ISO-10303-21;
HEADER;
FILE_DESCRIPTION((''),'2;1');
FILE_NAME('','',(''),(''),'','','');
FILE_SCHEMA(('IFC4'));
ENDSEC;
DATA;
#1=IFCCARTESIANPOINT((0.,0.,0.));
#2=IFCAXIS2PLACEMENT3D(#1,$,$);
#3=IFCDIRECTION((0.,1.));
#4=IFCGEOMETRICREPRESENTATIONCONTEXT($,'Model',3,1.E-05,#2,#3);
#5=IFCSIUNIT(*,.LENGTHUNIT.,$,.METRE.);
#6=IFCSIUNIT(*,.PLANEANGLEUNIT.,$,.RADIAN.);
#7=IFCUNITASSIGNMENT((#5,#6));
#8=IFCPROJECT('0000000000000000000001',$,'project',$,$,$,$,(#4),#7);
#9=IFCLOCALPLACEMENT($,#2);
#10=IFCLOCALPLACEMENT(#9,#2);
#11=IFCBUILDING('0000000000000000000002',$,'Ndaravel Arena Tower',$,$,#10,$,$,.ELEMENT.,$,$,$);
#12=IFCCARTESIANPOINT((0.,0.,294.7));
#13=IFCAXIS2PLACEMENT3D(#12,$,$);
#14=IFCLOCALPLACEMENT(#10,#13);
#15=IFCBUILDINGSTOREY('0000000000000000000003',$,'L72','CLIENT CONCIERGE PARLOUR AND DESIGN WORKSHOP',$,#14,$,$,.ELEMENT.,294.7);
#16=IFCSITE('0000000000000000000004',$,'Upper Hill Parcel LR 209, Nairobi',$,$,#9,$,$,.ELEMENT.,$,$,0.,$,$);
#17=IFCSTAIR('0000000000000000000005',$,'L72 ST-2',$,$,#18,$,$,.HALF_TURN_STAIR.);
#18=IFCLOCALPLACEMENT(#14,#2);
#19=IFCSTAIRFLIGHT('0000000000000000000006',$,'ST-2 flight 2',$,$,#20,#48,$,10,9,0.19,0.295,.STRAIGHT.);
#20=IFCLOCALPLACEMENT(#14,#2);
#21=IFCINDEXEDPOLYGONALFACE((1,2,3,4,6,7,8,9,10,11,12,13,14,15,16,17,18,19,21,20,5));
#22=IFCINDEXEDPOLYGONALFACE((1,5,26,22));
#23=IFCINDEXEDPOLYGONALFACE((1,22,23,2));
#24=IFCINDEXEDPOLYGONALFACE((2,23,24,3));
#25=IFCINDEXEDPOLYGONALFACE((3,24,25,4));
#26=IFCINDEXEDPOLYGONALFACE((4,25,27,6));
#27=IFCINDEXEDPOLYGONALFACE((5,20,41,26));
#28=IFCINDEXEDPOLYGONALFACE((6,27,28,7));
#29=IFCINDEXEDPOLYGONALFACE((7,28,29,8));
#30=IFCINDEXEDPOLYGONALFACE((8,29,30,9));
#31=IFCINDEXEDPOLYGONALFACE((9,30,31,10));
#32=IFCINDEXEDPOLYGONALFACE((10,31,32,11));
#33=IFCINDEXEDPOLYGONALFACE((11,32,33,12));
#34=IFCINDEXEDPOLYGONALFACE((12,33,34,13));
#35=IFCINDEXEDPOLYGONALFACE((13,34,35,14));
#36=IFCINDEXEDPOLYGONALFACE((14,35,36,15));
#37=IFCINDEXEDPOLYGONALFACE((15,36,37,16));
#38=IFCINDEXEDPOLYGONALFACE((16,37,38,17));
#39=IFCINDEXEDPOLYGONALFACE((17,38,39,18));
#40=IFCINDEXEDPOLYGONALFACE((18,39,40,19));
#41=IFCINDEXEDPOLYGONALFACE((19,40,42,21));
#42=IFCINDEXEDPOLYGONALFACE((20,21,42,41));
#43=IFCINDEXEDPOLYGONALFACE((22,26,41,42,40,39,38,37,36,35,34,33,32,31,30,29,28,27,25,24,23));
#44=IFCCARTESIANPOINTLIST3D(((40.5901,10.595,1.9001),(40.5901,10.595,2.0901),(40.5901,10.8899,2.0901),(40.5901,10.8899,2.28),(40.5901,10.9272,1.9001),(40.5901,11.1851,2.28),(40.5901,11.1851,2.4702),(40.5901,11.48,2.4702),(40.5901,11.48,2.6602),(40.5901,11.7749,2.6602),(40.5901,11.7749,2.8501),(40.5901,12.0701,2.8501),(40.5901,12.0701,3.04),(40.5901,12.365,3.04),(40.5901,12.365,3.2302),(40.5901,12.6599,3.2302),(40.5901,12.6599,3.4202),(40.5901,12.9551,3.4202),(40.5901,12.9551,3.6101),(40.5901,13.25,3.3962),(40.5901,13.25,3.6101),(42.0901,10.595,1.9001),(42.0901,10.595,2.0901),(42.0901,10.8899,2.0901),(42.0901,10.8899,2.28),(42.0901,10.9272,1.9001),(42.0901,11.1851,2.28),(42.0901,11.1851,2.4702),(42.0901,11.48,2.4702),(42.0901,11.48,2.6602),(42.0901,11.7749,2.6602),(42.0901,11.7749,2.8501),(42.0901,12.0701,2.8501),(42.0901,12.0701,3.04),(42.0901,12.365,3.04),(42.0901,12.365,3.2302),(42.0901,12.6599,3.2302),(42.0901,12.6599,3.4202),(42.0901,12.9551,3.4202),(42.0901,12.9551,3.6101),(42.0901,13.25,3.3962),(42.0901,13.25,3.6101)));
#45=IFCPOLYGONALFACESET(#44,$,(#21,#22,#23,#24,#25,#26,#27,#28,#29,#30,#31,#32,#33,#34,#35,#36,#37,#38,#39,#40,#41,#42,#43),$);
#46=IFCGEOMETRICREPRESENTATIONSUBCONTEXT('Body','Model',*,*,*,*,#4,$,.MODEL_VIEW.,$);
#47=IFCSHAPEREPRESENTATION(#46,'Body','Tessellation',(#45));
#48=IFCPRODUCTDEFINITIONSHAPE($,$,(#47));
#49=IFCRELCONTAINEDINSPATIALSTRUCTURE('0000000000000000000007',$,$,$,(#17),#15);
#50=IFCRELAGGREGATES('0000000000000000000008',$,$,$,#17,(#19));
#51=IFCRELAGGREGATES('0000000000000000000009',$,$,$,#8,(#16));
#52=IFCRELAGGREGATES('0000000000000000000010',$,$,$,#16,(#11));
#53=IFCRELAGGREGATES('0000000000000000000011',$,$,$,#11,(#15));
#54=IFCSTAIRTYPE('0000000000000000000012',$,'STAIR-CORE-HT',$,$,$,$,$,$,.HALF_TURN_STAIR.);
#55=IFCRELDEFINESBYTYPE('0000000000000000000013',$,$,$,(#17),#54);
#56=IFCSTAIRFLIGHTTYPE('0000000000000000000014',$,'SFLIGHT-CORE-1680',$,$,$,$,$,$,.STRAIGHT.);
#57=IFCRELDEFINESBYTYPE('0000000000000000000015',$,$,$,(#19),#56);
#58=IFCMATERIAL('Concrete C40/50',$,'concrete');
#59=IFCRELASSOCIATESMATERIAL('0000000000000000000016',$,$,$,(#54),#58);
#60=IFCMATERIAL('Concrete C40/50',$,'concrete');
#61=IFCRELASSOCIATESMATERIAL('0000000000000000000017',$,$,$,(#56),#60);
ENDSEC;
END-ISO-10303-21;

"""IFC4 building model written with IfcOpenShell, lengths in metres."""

from ifc_helpers import new_model, si_unit, direction, frame, origin, place, context, subcontext, project, spatial, polyline, outline, extrude, material, type_object, element, aggregate, save


model = new_model("IFC4")

# Units and contexts
model_context = context("Model", 3, precision=1e-05, world=origin(), true_north=direction((0.0, 1.0)))
body_context = subcontext(model_context, "Body", "Model", "MODEL_VIEW")
ifc_project = project(units=[si_unit("LENGTHUNIT", "METRE"), si_unit("PLANEANGLEUNIT", "RADIAN")], contexts=[model_context])

# Site, building, storey
site_placement = place(None, origin())
site = spatial("IfcSite", under=ifc_project, at=site_placement, Name="Upper Hill Parcel LR 209, Nairobi", CompositionType="ELEMENT", RefElevation=0.0)
building_placement = place(site_placement, origin())
building = spatial("IfcBuilding", under=site, at=building_placement, Name="Ndaravel Arena Tower", CompositionType="ELEMENT")
storey_placement = place(building_placement, frame((0.0, 0.0, 294.7)))
storey = spatial("IfcBuildingStorey", under=building, at=storey_placement, Name="L72", Description="CLIENT CONCIERGE PARLOUR AND DESIGN WORKSHOP", CompositionType="ELEMENT", Elevation=294.7)

# Stair, stair flight
ifc_material_1 = material(Name="Concrete C40/50", Category="concrete")
stair_type = type_object("IfcStairType", Name="STAIR-CORE-HT", PredefinedType="HALF_TURN_STAIR", material=ifc_material_1)
ifc_material_2 = material(Name="Concrete C40/50", Category="concrete")
stair_flight_type = type_object("IfcStairFlightType", Name="SFLIGHT-CORE-1680", PredefinedType="STRAIGHT", material=ifc_material_2)
stair_1_placement = place(storey_placement, origin())
stair_1 = element("IfcStair", 1, at=stair_1_placement, inside=storey, type_object=stair_type, Name="L72 ST-2", PredefinedType="HALF_TURN_STAIR")
stair_flight_1_placement = place(storey_placement, frame((41.3401, 10.595, 1.9001), z_axis=(0.0, 0.0, 1.0), x_axis=(0.0, 1.0, 0.0)))
stair_flight_1 = element("IfcStairFlight", 2, at=stair_flight_1_placement, type_object=stair_flight_type, Name="ST-2 flight 2", NumberOfRisers=10, NumberOfTreads=9, PredefinedType="STRAIGHT", RiserHeight=0.19, TreadLength=0.295, context=body_context, shape_type="SweptSolid", body=[
    extrude(outline(polyline([(0.0, 0.0), (0.0, 0.1899), (0.2949, 0.1899), (0.2949, 0.3799), (0.5901, 0.3799), (0.5901, 0.5701), (0.885, 0.5701), (0.885, 0.76), (1.1799, 0.76), (1.1799, 0.95), (1.4751, 0.95), (1.4751, 1.1399), (1.77, 1.1399), (1.77, 1.3301), (2.0649, 1.3301), (2.0649, 1.52), (2.3601, 1.52), (2.3601, 1.71), (2.655, 1.71), (2.655, 1.8999), (2.655, 1.4961), (0.3323, 0.0), (0.0, 0.0)])), frame((0.0, 0.75, 0.0), z_axis=(0.0, -1.0, 0.0), x_axis=(1.0, 0.0, 0.0)), (0.0, 0.0, 1.0), 1.5),
])
aggregate(stair_1, [stair_flight_1])

save(model, "model.ifc")
